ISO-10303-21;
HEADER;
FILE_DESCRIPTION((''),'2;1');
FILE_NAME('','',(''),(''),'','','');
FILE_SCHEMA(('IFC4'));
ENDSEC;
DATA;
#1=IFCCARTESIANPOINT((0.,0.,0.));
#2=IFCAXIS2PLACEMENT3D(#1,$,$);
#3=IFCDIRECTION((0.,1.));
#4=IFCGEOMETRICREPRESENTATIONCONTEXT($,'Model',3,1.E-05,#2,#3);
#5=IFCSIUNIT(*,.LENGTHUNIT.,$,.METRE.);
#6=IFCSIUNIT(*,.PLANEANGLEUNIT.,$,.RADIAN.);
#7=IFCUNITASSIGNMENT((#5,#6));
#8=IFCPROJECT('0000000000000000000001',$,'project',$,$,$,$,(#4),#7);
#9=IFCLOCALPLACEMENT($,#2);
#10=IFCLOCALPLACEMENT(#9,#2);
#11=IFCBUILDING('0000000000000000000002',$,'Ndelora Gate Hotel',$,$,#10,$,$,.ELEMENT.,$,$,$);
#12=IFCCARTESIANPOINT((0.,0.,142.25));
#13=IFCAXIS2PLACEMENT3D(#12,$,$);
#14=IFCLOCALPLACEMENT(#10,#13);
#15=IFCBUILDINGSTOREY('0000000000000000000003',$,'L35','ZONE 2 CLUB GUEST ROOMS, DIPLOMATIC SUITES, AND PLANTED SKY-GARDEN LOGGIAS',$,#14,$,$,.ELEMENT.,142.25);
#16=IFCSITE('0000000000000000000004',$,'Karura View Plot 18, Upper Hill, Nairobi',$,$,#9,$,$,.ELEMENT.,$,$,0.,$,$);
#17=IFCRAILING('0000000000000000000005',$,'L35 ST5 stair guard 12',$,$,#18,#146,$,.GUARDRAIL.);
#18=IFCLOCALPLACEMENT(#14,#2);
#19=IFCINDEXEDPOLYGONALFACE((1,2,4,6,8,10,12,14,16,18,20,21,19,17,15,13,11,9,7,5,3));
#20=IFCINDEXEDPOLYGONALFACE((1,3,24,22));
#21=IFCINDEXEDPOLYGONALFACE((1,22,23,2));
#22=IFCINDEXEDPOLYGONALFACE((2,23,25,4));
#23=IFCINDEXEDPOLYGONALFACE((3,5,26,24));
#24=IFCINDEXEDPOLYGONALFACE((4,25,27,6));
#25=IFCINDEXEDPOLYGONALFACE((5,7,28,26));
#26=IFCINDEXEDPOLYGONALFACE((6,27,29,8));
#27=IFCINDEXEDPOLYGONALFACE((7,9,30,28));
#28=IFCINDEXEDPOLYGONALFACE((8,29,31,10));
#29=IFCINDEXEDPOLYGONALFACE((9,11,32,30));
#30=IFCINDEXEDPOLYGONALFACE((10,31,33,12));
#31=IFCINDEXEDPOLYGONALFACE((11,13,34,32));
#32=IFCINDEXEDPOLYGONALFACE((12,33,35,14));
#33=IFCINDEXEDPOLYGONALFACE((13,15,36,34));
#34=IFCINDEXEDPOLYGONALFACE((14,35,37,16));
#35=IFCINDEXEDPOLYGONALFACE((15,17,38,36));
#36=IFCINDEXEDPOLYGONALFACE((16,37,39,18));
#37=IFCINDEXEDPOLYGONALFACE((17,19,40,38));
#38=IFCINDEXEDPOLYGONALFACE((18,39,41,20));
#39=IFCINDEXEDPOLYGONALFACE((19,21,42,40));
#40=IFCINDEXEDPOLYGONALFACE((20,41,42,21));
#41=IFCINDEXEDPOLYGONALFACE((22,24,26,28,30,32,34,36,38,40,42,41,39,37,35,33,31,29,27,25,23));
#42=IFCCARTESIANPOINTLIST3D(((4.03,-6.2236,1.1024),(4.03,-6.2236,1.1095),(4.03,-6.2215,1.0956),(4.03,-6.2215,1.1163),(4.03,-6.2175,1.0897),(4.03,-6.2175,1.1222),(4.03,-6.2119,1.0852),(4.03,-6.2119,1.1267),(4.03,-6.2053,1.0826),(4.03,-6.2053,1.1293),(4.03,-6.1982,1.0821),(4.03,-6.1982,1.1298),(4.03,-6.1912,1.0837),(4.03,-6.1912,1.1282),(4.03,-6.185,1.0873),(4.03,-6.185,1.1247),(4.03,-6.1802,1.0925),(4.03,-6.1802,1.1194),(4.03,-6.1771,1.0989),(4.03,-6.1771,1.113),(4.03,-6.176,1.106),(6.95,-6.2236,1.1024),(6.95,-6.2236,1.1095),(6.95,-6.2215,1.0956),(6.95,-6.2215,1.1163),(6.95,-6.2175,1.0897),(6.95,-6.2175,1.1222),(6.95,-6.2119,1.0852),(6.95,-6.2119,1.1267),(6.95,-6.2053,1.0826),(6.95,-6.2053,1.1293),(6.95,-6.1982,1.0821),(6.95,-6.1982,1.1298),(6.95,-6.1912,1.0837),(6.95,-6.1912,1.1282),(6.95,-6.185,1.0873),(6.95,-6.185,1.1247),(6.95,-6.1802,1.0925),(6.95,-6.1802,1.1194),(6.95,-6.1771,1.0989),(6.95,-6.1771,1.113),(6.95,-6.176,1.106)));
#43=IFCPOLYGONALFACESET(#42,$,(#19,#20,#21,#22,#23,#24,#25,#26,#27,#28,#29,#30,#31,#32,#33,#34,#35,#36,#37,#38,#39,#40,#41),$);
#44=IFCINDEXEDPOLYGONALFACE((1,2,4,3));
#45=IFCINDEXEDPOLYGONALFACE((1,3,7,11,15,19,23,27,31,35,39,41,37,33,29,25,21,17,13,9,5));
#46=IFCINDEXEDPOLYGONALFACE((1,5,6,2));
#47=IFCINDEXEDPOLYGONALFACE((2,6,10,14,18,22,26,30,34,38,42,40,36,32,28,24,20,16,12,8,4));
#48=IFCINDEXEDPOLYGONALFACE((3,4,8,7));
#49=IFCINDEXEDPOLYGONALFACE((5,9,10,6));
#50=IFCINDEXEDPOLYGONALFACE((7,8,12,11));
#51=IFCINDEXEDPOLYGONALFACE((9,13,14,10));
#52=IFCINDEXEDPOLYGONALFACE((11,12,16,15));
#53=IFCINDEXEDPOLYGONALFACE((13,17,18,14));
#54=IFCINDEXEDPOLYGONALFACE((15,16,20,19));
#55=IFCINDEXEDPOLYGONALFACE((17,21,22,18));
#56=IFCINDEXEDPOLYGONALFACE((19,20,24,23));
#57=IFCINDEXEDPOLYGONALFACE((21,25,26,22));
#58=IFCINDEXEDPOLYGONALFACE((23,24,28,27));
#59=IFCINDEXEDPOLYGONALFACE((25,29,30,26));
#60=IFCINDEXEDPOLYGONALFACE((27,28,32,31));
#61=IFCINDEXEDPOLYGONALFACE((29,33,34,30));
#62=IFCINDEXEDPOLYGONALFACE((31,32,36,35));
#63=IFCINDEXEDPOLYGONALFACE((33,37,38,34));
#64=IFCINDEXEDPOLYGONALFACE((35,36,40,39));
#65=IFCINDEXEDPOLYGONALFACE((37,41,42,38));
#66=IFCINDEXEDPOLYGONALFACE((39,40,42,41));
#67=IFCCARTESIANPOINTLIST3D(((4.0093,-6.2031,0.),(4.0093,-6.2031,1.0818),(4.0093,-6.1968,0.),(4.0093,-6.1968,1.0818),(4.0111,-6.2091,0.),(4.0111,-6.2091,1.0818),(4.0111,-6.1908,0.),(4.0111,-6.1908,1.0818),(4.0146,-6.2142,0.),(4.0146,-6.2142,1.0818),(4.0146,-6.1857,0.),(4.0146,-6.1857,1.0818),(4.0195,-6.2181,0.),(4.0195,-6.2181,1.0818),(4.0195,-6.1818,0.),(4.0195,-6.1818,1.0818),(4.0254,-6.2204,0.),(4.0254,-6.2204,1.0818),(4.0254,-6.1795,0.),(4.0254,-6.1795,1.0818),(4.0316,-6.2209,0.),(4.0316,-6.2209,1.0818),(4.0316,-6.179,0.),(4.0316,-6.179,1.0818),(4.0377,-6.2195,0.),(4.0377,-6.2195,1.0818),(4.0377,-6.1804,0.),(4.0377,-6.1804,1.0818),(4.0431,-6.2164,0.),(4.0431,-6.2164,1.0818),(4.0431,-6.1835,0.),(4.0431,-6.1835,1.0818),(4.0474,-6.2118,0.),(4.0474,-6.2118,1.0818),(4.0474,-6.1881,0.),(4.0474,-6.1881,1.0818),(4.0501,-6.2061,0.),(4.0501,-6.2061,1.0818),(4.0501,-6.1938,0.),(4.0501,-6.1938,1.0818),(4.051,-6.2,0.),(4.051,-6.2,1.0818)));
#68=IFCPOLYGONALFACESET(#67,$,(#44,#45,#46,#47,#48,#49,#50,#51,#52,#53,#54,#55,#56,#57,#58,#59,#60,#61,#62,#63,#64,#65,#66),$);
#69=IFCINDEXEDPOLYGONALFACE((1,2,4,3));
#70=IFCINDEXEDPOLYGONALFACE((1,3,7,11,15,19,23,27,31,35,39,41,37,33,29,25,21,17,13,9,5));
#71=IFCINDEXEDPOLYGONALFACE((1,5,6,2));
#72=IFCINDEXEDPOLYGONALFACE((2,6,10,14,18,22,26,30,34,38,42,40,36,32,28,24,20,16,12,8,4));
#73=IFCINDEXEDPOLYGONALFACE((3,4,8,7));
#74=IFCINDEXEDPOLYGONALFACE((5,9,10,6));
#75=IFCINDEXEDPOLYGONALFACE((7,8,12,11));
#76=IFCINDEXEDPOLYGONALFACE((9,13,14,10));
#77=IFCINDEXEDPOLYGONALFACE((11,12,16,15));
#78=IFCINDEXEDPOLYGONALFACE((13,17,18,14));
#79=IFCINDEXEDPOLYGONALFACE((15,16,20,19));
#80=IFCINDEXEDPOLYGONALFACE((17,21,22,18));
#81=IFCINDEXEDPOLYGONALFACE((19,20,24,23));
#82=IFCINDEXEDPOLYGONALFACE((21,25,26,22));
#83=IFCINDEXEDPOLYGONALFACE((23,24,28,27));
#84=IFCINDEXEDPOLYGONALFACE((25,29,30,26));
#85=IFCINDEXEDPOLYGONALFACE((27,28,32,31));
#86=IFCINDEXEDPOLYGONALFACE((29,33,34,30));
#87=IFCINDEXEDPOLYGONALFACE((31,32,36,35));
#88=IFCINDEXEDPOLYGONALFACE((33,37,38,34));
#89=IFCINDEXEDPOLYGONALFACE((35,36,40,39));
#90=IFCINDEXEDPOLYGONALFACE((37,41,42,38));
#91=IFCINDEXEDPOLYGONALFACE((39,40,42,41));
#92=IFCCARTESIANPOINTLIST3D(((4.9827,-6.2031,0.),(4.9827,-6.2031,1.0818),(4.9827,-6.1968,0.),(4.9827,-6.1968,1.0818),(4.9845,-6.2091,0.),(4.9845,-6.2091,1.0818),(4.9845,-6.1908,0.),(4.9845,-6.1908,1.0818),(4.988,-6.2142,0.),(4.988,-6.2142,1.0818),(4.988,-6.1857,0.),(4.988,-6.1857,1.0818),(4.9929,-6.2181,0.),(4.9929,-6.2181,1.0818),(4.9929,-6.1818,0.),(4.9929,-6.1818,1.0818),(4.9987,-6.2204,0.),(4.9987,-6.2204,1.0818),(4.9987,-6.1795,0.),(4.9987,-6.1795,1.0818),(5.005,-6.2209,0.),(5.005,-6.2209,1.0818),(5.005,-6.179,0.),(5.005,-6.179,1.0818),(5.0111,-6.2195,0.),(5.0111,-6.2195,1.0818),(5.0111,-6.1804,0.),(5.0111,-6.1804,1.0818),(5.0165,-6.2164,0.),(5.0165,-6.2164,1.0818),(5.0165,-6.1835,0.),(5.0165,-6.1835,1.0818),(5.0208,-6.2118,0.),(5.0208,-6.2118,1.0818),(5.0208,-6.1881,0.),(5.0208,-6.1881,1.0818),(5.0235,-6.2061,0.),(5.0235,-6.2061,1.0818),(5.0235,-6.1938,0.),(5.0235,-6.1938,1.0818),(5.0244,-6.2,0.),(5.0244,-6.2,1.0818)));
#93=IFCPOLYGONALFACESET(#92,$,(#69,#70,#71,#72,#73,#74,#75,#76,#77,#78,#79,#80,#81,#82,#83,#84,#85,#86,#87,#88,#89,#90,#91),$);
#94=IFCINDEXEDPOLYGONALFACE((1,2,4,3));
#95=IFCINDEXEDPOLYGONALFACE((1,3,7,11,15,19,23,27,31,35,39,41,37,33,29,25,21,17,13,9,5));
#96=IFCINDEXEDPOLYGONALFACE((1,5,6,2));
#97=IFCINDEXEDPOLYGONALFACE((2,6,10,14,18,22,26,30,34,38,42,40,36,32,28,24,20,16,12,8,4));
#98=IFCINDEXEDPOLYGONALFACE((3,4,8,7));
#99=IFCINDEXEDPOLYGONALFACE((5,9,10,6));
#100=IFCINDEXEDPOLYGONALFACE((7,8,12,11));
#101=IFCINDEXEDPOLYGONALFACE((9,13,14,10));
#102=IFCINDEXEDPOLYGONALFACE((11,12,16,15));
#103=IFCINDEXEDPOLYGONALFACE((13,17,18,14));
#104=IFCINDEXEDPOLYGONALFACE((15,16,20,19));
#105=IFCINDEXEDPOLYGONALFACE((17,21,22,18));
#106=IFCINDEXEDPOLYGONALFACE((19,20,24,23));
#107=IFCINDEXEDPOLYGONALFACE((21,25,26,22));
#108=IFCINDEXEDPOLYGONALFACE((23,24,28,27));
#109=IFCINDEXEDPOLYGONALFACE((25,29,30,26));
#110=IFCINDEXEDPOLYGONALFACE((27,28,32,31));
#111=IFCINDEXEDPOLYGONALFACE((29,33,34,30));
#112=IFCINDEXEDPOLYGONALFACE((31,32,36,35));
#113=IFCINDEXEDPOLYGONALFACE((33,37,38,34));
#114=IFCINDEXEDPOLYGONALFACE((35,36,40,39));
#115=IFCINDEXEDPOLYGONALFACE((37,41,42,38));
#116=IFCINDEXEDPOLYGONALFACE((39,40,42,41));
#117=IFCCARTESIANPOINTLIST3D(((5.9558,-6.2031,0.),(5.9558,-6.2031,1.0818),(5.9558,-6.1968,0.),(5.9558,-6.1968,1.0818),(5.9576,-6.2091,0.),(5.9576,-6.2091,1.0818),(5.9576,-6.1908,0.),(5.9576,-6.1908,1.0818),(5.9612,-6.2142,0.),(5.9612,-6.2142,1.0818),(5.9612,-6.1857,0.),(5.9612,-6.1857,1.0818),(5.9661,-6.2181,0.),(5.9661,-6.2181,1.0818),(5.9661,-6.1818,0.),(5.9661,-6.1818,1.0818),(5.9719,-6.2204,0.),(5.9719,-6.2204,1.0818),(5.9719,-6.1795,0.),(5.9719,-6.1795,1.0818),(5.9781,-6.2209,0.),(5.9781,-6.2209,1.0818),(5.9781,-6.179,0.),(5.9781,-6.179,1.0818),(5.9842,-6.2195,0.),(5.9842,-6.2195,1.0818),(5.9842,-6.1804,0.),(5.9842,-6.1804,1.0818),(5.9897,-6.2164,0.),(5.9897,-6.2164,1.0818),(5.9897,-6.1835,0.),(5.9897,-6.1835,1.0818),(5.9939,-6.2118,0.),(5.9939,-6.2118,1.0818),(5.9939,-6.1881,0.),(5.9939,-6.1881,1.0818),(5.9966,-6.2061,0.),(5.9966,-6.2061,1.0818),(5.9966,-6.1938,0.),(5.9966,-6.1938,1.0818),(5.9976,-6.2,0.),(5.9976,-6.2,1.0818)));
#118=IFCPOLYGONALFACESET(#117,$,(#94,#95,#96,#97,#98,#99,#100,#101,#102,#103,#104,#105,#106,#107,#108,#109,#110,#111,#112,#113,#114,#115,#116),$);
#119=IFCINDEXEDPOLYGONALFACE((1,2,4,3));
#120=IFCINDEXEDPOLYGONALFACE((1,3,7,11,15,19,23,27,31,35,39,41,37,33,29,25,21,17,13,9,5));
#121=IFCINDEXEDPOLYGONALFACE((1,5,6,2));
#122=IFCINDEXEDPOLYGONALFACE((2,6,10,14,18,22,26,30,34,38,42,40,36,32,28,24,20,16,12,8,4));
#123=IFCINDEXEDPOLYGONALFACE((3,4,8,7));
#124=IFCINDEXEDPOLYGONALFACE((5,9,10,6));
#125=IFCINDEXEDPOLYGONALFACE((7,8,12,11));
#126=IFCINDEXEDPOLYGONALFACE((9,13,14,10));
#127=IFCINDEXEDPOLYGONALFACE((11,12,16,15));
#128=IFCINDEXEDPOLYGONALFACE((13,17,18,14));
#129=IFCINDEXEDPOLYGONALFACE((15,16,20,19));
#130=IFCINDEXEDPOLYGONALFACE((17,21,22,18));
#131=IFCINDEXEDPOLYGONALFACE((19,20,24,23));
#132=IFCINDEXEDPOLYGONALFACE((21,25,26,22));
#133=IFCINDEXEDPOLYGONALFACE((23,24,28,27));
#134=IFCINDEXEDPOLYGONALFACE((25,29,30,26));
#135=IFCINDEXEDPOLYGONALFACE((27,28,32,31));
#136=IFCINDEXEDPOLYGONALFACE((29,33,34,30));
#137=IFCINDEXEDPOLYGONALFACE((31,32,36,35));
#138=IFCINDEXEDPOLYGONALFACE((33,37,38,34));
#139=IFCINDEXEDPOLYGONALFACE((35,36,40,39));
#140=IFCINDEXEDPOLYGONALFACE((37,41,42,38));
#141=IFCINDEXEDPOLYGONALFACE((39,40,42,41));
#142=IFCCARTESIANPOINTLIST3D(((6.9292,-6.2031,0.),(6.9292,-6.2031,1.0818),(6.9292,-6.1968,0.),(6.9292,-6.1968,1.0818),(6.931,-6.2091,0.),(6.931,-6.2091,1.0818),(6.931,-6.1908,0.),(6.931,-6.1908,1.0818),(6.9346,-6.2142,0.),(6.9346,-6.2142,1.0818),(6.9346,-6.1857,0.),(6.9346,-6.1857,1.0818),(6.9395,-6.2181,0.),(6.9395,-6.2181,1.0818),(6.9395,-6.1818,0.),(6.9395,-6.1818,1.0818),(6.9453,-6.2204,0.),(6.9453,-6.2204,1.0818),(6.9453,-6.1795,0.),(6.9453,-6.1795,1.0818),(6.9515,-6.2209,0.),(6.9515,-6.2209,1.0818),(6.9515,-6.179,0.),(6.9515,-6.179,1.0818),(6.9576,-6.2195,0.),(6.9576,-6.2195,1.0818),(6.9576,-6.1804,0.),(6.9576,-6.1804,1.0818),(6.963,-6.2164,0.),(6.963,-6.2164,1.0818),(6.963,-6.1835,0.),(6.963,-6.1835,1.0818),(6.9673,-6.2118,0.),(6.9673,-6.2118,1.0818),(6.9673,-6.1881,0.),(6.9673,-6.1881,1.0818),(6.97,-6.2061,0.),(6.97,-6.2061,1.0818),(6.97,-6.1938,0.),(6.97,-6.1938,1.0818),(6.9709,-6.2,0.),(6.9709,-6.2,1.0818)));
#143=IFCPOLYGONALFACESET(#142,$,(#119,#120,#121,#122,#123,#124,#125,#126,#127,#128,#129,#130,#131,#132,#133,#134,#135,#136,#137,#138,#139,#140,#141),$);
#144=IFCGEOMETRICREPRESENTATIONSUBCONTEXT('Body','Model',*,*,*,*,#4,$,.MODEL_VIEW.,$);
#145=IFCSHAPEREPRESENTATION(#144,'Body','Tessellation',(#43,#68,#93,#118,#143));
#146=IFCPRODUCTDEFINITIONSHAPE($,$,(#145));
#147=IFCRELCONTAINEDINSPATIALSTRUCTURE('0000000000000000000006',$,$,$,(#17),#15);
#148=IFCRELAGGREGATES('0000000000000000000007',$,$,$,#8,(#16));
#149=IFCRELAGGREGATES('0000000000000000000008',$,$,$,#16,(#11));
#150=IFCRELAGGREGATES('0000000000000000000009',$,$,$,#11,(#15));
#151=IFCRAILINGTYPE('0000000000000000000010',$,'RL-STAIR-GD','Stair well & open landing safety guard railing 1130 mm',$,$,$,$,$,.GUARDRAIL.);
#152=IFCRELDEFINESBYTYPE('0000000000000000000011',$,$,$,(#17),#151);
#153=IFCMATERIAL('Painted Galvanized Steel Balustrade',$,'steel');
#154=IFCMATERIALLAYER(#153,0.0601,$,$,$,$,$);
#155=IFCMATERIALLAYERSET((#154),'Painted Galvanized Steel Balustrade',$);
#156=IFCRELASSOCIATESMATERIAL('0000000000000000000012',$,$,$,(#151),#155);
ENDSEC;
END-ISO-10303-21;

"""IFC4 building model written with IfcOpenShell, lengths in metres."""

from ifc_helpers import new_model, si_unit, direction, frame, origin, origin_2d, place, context, subcontext, project, spatial, circle, extrude, material, layer, layer_set, type_object, element, save


model = new_model("IFC4")

# Units and contexts
model_context = context("Model", 3, precision=1e-05, world=origin(), true_north=direction((0.0, 1.0)))
body_context = subcontext(model_context, "Body", "Model", "MODEL_VIEW")
ifc_project = project(units=[si_unit("LENGTHUNIT", "METRE"), si_unit("PLANEANGLEUNIT", "RADIAN")], contexts=[model_context])

# Site, building, storey
site_placement = place(None, origin())
site = spatial("IfcSite", under=ifc_project, at=site_placement, Name="Karura View Plot 18, Upper Hill, Nairobi", CompositionType="ELEMENT", RefElevation=0.0)
building_placement = place(site_placement, origin())
building = spatial("IfcBuilding", under=site, at=building_placement, Name="Ndelora Gate Hotel", CompositionType="ELEMENT")
storey_placement = place(building_placement, frame((0.0, 0.0, 142.25)))
storey = spatial("IfcBuildingStorey", under=building, at=storey_placement, Name="L35", Description="ZONE 2 CLUB GUEST ROOMS, DIPLOMATIC SUITES, AND PLANTED SKY-GARDEN LOGGIAS", CompositionType="ELEMENT", Elevation=142.25)

# Railing
ifc_material_1 = material(Name="Painted Galvanized Steel Balustrade", Category="steel")
ifc_layer_1 = layer(ifc_material_1, 0.0601)
ifc_layer_set_1 = layer_set([ifc_layer_1], Name="Painted Galvanized Steel Balustrade")
railing_type_1 = type_object("IfcRailingType", Name="RL-STAIR-GD", Description="Stair well & open landing safety guard railing 1130 mm", PredefinedType="GUARDRAIL", material=ifc_layer_set_1)
railing_1_placement = place(storey_placement, frame((4.03, -6.2, 0.0)))
element("IfcRailing", 1, at=railing_1_placement, inside=storey, type_object=railing_type_1, Name="L35 ST5 stair guard 12", PredefinedType="GUARDRAIL", context=body_context, shape_type="SweptSolid", body=[
    extrude(circle(Radius=0.0239, at=origin_2d()), frame((0.0, 0.0, 1.106), z_axis=(1.0, 0.0, 0.0), x_axis=(0.0, 1.0, 0.0)), (0.0, 0.0, 1.0), 2.9199),
    extrude(circle(Radius=0.021, at=origin_2d()), origin(), (0.0, 0.0, 1.0), 1.0818),
    extrude(circle(Radius=0.021, at=origin_2d()), frame((0.9734, 0.0, 0.0)), (0.0, 0.0, 1.0), 1.0818),
    extrude(circle(Radius=0.021, at=origin_2d()), frame((1.9465, 0.0, 0.0)), (0.0, 0.0, 1.0), 1.0818),
    extrude(circle(Radius=0.021, at=origin_2d()), frame((2.9199, 0.0, 0.0)), (0.0, 0.0, 1.0), 1.0818),
])

save(model, "model.ifc")
